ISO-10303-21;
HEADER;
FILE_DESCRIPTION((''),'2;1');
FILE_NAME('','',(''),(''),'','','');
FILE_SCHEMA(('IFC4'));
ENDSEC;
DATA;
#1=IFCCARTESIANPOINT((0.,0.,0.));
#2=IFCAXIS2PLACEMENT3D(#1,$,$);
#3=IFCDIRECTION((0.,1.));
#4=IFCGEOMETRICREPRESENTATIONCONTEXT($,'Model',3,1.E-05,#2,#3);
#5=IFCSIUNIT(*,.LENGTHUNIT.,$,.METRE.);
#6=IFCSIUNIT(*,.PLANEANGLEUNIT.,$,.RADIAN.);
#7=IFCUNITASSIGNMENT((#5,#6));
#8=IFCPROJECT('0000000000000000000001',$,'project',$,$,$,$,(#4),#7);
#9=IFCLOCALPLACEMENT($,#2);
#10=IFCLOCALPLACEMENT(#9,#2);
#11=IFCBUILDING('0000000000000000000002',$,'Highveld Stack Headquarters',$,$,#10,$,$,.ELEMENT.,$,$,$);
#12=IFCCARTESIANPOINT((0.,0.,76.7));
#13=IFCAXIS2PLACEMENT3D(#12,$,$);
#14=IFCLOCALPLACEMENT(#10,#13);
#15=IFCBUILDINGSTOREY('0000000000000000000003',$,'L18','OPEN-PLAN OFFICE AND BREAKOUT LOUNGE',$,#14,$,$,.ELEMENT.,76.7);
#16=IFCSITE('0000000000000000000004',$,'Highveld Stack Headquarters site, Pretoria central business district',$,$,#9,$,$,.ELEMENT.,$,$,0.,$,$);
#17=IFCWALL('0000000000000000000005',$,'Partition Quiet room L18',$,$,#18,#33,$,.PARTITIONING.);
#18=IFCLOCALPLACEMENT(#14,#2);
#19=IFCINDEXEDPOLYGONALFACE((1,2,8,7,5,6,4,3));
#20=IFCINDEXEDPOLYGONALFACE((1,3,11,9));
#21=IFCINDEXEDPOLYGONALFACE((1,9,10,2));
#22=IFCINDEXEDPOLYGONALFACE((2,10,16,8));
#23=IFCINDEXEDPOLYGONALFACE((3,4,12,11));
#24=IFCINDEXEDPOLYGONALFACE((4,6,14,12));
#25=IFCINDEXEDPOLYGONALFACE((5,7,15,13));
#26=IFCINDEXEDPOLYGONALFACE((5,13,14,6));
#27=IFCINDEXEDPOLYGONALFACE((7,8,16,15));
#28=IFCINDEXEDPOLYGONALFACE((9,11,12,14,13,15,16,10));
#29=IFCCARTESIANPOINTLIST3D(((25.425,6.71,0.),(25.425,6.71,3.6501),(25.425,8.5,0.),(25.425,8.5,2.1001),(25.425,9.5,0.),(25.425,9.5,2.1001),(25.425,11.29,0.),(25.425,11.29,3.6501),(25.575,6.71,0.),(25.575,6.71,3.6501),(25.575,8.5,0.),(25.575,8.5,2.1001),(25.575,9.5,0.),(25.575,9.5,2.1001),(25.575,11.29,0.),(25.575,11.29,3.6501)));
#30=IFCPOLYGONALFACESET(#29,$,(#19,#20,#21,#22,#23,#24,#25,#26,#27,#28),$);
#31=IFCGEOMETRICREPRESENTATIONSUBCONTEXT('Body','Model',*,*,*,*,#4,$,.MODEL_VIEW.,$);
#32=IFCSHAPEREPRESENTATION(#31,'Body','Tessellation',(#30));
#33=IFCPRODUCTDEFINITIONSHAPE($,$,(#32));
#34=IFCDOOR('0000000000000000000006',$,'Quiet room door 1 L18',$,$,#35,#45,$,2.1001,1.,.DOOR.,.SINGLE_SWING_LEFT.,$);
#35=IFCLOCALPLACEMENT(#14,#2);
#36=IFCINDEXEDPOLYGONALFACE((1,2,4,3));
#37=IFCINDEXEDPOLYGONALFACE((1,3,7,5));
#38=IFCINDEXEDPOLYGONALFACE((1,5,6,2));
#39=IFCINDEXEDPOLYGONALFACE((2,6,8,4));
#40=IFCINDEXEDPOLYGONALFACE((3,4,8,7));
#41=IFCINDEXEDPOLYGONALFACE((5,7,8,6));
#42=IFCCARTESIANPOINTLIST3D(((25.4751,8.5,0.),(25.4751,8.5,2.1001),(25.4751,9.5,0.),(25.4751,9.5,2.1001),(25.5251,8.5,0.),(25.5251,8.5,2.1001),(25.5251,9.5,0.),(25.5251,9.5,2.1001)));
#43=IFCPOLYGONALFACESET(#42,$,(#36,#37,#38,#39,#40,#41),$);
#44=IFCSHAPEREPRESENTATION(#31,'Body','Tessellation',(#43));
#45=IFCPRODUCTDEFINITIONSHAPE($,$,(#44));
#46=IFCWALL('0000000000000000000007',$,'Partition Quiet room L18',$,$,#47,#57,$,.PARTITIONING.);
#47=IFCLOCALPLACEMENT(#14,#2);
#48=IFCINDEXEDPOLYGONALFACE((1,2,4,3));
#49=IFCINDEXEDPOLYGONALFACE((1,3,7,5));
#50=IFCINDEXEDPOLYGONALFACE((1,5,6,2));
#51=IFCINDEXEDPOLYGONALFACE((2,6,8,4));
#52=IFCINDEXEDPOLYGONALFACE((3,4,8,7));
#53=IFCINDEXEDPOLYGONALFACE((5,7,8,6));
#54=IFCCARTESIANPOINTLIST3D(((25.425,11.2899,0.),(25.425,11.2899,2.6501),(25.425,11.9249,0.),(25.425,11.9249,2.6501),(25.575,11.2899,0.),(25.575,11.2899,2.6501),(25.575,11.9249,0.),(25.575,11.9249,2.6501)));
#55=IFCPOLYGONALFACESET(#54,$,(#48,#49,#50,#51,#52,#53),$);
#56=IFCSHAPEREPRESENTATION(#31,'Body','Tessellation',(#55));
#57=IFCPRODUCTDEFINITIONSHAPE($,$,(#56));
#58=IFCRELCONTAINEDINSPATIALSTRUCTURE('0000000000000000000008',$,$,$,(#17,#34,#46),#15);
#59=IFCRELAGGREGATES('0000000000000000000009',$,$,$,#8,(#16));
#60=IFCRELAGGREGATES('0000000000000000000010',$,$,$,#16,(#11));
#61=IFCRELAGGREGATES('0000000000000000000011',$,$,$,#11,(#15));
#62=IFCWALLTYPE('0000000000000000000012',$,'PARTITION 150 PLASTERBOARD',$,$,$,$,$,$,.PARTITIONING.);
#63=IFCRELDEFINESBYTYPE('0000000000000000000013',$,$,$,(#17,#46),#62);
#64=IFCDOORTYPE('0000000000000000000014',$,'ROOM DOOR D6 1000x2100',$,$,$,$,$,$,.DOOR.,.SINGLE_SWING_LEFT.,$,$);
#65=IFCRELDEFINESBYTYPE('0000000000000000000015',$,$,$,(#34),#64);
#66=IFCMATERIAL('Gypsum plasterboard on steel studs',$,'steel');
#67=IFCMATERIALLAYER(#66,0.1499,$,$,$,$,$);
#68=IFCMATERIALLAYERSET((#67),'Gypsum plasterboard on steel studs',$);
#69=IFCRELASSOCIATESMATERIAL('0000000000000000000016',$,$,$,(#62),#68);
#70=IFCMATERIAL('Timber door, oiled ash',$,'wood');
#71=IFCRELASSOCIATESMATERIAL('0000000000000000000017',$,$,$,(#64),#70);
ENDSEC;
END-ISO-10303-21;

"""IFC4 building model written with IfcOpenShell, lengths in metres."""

from ifc_helpers import new_model, si_unit, direction, frame, frame_2d, origin, place, context, subcontext, project, spatial, rectangle, extrude, material, layer, layer_set, type_object, element, fill, save


model = new_model("IFC4")

# Units and contexts
model_context = context("Model", 3, precision=1e-05, world=origin(), true_north=direction((0.0, 1.0)))
body_context = subcontext(model_context, "Body", "Model", "MODEL_VIEW")
ifc_project = project(units=[si_unit("LENGTHUNIT", "METRE"), si_unit("PLANEANGLEUNIT", "RADIAN")], contexts=[model_context])

# Site, building, storey
site_placement = place(None, origin())
site = spatial("IfcSite", under=ifc_project, at=site_placement, Name="Highveld Stack Headquarters site, Pretoria central business district", CompositionType="ELEMENT", RefElevation=0.0)
building_placement = place(site_placement, origin())
building = spatial("IfcBuilding", under=site, at=building_placement, Name="Highveld Stack Headquarters", CompositionType="ELEMENT")
storey_placement = place(building_placement, frame((0.0, 0.0, 76.7)))
storey = spatial("IfcBuildingStorey", under=building, at=storey_placement, Name="L18", Description="OPEN-PLAN OFFICE AND BREAKOUT LOUNGE", CompositionType="ELEMENT", Elevation=76.7)

# Shared definitions
ifc_material_1 = material(Name="Gypsum plasterboard on steel studs", Category="steel")
ifc_layer_1 = layer(ifc_material_1, 0.1499)
ifc_layer_set_1 = layer_set([ifc_layer_1], Name="Gypsum plasterboard on steel studs")
wall_type = type_object("IfcWallType", Name="PARTITION 150 PLASTERBOARD", PredefinedType="PARTITIONING", material=ifc_layer_set_1)

# Shared definitions
ifc_material_2 = material(Name="Timber door, oiled ash", Category="wood")
door_type = type_object("IfcDoorType", Name="ROOM DOOR D6 1000x2100", OperationType="SINGLE_SWING_LEFT", PredefinedType="DOOR", material=ifc_material_2)

# Wall, opening, door
wall_1_placement = place(storey_placement, frame((25.5, 6.71, 0.0), z_axis=(0.0, 0.0, 1.0), x_axis=(0.0, 1.0, 0.0)))
wall_1 = element("IfcWall", 1, at=wall_1_placement, inside=storey, type_object=wall_type, Name="Partition Quiet room L18", PredefinedType="PARTITIONING", context=body_context, shape_type="SweptSolid", body=[
    extrude(rectangle(XDim=4.5801, YDim=0.1499, at=frame_2d((2.29, 0.0))), origin(), (0.0, 0.0, 1.0), 3.6501),
])
opening_1_placement = place(wall_1_placement, frame((1.79, 0.0, 0.0)))
opening_1 = element("IfcOpeningElement", 2, at=opening_1_placement, cuts=wall_1, PredefinedType="OPENING", context=body_context, shape_type="SweptSolid", body=[
    extrude(rectangle(XDim=1.0, YDim=2.1001, at=frame_2d((0.5, 1.05))), frame((0.0, 0.085, 0.0), z_axis=(0.0, -1.0, 0.0), x_axis=(1.0, 0.0, 0.0)), (0.0, 0.0, 1.0), 0.1699),
])
door_1_placement = place(opening_1_placement, origin())
door_1 = element("IfcDoor", 3, at=door_1_placement, inside=storey, type_object=door_type, Name="Quiet room door 1 L18", OperationType="SINGLE_SWING_LEFT", OverallHeight=2.1001, OverallWidth=1.0, PredefinedType="DOOR", context=body_context, shape_type="SweptSolid", body=[
    extrude(rectangle(XDim=1.0, YDim=2.1001, at=frame_2d((0.5, 1.05))), frame((0.0, 0.0249, 0.0), z_axis=(0.0, -1.0, 0.0), x_axis=(1.0, 0.0, 0.0)), (0.0, 0.0, 1.0), 0.05),
])
fill(opening_1, door_1)

# Wall
wall_2_placement = place(storey_placement, frame((25.5, 11.29, 0.0), z_axis=(0.0, 0.0, 1.0), x_axis=(0.0, 1.0, 0.0)))
element("IfcWall", 4, at=wall_2_placement, inside=storey, type_object=wall_type, Name="Partition Quiet room L18", PredefinedType="PARTITIONING", context=body_context, shape_type="SweptSolid", body=[
    extrude(rectangle(XDim=0.635, YDim=0.1499, at=frame_2d((0.3174, 0.0))), origin(), (0.0, 0.0, 1.0), 2.6501),
])

save(model, "model.ifc")
